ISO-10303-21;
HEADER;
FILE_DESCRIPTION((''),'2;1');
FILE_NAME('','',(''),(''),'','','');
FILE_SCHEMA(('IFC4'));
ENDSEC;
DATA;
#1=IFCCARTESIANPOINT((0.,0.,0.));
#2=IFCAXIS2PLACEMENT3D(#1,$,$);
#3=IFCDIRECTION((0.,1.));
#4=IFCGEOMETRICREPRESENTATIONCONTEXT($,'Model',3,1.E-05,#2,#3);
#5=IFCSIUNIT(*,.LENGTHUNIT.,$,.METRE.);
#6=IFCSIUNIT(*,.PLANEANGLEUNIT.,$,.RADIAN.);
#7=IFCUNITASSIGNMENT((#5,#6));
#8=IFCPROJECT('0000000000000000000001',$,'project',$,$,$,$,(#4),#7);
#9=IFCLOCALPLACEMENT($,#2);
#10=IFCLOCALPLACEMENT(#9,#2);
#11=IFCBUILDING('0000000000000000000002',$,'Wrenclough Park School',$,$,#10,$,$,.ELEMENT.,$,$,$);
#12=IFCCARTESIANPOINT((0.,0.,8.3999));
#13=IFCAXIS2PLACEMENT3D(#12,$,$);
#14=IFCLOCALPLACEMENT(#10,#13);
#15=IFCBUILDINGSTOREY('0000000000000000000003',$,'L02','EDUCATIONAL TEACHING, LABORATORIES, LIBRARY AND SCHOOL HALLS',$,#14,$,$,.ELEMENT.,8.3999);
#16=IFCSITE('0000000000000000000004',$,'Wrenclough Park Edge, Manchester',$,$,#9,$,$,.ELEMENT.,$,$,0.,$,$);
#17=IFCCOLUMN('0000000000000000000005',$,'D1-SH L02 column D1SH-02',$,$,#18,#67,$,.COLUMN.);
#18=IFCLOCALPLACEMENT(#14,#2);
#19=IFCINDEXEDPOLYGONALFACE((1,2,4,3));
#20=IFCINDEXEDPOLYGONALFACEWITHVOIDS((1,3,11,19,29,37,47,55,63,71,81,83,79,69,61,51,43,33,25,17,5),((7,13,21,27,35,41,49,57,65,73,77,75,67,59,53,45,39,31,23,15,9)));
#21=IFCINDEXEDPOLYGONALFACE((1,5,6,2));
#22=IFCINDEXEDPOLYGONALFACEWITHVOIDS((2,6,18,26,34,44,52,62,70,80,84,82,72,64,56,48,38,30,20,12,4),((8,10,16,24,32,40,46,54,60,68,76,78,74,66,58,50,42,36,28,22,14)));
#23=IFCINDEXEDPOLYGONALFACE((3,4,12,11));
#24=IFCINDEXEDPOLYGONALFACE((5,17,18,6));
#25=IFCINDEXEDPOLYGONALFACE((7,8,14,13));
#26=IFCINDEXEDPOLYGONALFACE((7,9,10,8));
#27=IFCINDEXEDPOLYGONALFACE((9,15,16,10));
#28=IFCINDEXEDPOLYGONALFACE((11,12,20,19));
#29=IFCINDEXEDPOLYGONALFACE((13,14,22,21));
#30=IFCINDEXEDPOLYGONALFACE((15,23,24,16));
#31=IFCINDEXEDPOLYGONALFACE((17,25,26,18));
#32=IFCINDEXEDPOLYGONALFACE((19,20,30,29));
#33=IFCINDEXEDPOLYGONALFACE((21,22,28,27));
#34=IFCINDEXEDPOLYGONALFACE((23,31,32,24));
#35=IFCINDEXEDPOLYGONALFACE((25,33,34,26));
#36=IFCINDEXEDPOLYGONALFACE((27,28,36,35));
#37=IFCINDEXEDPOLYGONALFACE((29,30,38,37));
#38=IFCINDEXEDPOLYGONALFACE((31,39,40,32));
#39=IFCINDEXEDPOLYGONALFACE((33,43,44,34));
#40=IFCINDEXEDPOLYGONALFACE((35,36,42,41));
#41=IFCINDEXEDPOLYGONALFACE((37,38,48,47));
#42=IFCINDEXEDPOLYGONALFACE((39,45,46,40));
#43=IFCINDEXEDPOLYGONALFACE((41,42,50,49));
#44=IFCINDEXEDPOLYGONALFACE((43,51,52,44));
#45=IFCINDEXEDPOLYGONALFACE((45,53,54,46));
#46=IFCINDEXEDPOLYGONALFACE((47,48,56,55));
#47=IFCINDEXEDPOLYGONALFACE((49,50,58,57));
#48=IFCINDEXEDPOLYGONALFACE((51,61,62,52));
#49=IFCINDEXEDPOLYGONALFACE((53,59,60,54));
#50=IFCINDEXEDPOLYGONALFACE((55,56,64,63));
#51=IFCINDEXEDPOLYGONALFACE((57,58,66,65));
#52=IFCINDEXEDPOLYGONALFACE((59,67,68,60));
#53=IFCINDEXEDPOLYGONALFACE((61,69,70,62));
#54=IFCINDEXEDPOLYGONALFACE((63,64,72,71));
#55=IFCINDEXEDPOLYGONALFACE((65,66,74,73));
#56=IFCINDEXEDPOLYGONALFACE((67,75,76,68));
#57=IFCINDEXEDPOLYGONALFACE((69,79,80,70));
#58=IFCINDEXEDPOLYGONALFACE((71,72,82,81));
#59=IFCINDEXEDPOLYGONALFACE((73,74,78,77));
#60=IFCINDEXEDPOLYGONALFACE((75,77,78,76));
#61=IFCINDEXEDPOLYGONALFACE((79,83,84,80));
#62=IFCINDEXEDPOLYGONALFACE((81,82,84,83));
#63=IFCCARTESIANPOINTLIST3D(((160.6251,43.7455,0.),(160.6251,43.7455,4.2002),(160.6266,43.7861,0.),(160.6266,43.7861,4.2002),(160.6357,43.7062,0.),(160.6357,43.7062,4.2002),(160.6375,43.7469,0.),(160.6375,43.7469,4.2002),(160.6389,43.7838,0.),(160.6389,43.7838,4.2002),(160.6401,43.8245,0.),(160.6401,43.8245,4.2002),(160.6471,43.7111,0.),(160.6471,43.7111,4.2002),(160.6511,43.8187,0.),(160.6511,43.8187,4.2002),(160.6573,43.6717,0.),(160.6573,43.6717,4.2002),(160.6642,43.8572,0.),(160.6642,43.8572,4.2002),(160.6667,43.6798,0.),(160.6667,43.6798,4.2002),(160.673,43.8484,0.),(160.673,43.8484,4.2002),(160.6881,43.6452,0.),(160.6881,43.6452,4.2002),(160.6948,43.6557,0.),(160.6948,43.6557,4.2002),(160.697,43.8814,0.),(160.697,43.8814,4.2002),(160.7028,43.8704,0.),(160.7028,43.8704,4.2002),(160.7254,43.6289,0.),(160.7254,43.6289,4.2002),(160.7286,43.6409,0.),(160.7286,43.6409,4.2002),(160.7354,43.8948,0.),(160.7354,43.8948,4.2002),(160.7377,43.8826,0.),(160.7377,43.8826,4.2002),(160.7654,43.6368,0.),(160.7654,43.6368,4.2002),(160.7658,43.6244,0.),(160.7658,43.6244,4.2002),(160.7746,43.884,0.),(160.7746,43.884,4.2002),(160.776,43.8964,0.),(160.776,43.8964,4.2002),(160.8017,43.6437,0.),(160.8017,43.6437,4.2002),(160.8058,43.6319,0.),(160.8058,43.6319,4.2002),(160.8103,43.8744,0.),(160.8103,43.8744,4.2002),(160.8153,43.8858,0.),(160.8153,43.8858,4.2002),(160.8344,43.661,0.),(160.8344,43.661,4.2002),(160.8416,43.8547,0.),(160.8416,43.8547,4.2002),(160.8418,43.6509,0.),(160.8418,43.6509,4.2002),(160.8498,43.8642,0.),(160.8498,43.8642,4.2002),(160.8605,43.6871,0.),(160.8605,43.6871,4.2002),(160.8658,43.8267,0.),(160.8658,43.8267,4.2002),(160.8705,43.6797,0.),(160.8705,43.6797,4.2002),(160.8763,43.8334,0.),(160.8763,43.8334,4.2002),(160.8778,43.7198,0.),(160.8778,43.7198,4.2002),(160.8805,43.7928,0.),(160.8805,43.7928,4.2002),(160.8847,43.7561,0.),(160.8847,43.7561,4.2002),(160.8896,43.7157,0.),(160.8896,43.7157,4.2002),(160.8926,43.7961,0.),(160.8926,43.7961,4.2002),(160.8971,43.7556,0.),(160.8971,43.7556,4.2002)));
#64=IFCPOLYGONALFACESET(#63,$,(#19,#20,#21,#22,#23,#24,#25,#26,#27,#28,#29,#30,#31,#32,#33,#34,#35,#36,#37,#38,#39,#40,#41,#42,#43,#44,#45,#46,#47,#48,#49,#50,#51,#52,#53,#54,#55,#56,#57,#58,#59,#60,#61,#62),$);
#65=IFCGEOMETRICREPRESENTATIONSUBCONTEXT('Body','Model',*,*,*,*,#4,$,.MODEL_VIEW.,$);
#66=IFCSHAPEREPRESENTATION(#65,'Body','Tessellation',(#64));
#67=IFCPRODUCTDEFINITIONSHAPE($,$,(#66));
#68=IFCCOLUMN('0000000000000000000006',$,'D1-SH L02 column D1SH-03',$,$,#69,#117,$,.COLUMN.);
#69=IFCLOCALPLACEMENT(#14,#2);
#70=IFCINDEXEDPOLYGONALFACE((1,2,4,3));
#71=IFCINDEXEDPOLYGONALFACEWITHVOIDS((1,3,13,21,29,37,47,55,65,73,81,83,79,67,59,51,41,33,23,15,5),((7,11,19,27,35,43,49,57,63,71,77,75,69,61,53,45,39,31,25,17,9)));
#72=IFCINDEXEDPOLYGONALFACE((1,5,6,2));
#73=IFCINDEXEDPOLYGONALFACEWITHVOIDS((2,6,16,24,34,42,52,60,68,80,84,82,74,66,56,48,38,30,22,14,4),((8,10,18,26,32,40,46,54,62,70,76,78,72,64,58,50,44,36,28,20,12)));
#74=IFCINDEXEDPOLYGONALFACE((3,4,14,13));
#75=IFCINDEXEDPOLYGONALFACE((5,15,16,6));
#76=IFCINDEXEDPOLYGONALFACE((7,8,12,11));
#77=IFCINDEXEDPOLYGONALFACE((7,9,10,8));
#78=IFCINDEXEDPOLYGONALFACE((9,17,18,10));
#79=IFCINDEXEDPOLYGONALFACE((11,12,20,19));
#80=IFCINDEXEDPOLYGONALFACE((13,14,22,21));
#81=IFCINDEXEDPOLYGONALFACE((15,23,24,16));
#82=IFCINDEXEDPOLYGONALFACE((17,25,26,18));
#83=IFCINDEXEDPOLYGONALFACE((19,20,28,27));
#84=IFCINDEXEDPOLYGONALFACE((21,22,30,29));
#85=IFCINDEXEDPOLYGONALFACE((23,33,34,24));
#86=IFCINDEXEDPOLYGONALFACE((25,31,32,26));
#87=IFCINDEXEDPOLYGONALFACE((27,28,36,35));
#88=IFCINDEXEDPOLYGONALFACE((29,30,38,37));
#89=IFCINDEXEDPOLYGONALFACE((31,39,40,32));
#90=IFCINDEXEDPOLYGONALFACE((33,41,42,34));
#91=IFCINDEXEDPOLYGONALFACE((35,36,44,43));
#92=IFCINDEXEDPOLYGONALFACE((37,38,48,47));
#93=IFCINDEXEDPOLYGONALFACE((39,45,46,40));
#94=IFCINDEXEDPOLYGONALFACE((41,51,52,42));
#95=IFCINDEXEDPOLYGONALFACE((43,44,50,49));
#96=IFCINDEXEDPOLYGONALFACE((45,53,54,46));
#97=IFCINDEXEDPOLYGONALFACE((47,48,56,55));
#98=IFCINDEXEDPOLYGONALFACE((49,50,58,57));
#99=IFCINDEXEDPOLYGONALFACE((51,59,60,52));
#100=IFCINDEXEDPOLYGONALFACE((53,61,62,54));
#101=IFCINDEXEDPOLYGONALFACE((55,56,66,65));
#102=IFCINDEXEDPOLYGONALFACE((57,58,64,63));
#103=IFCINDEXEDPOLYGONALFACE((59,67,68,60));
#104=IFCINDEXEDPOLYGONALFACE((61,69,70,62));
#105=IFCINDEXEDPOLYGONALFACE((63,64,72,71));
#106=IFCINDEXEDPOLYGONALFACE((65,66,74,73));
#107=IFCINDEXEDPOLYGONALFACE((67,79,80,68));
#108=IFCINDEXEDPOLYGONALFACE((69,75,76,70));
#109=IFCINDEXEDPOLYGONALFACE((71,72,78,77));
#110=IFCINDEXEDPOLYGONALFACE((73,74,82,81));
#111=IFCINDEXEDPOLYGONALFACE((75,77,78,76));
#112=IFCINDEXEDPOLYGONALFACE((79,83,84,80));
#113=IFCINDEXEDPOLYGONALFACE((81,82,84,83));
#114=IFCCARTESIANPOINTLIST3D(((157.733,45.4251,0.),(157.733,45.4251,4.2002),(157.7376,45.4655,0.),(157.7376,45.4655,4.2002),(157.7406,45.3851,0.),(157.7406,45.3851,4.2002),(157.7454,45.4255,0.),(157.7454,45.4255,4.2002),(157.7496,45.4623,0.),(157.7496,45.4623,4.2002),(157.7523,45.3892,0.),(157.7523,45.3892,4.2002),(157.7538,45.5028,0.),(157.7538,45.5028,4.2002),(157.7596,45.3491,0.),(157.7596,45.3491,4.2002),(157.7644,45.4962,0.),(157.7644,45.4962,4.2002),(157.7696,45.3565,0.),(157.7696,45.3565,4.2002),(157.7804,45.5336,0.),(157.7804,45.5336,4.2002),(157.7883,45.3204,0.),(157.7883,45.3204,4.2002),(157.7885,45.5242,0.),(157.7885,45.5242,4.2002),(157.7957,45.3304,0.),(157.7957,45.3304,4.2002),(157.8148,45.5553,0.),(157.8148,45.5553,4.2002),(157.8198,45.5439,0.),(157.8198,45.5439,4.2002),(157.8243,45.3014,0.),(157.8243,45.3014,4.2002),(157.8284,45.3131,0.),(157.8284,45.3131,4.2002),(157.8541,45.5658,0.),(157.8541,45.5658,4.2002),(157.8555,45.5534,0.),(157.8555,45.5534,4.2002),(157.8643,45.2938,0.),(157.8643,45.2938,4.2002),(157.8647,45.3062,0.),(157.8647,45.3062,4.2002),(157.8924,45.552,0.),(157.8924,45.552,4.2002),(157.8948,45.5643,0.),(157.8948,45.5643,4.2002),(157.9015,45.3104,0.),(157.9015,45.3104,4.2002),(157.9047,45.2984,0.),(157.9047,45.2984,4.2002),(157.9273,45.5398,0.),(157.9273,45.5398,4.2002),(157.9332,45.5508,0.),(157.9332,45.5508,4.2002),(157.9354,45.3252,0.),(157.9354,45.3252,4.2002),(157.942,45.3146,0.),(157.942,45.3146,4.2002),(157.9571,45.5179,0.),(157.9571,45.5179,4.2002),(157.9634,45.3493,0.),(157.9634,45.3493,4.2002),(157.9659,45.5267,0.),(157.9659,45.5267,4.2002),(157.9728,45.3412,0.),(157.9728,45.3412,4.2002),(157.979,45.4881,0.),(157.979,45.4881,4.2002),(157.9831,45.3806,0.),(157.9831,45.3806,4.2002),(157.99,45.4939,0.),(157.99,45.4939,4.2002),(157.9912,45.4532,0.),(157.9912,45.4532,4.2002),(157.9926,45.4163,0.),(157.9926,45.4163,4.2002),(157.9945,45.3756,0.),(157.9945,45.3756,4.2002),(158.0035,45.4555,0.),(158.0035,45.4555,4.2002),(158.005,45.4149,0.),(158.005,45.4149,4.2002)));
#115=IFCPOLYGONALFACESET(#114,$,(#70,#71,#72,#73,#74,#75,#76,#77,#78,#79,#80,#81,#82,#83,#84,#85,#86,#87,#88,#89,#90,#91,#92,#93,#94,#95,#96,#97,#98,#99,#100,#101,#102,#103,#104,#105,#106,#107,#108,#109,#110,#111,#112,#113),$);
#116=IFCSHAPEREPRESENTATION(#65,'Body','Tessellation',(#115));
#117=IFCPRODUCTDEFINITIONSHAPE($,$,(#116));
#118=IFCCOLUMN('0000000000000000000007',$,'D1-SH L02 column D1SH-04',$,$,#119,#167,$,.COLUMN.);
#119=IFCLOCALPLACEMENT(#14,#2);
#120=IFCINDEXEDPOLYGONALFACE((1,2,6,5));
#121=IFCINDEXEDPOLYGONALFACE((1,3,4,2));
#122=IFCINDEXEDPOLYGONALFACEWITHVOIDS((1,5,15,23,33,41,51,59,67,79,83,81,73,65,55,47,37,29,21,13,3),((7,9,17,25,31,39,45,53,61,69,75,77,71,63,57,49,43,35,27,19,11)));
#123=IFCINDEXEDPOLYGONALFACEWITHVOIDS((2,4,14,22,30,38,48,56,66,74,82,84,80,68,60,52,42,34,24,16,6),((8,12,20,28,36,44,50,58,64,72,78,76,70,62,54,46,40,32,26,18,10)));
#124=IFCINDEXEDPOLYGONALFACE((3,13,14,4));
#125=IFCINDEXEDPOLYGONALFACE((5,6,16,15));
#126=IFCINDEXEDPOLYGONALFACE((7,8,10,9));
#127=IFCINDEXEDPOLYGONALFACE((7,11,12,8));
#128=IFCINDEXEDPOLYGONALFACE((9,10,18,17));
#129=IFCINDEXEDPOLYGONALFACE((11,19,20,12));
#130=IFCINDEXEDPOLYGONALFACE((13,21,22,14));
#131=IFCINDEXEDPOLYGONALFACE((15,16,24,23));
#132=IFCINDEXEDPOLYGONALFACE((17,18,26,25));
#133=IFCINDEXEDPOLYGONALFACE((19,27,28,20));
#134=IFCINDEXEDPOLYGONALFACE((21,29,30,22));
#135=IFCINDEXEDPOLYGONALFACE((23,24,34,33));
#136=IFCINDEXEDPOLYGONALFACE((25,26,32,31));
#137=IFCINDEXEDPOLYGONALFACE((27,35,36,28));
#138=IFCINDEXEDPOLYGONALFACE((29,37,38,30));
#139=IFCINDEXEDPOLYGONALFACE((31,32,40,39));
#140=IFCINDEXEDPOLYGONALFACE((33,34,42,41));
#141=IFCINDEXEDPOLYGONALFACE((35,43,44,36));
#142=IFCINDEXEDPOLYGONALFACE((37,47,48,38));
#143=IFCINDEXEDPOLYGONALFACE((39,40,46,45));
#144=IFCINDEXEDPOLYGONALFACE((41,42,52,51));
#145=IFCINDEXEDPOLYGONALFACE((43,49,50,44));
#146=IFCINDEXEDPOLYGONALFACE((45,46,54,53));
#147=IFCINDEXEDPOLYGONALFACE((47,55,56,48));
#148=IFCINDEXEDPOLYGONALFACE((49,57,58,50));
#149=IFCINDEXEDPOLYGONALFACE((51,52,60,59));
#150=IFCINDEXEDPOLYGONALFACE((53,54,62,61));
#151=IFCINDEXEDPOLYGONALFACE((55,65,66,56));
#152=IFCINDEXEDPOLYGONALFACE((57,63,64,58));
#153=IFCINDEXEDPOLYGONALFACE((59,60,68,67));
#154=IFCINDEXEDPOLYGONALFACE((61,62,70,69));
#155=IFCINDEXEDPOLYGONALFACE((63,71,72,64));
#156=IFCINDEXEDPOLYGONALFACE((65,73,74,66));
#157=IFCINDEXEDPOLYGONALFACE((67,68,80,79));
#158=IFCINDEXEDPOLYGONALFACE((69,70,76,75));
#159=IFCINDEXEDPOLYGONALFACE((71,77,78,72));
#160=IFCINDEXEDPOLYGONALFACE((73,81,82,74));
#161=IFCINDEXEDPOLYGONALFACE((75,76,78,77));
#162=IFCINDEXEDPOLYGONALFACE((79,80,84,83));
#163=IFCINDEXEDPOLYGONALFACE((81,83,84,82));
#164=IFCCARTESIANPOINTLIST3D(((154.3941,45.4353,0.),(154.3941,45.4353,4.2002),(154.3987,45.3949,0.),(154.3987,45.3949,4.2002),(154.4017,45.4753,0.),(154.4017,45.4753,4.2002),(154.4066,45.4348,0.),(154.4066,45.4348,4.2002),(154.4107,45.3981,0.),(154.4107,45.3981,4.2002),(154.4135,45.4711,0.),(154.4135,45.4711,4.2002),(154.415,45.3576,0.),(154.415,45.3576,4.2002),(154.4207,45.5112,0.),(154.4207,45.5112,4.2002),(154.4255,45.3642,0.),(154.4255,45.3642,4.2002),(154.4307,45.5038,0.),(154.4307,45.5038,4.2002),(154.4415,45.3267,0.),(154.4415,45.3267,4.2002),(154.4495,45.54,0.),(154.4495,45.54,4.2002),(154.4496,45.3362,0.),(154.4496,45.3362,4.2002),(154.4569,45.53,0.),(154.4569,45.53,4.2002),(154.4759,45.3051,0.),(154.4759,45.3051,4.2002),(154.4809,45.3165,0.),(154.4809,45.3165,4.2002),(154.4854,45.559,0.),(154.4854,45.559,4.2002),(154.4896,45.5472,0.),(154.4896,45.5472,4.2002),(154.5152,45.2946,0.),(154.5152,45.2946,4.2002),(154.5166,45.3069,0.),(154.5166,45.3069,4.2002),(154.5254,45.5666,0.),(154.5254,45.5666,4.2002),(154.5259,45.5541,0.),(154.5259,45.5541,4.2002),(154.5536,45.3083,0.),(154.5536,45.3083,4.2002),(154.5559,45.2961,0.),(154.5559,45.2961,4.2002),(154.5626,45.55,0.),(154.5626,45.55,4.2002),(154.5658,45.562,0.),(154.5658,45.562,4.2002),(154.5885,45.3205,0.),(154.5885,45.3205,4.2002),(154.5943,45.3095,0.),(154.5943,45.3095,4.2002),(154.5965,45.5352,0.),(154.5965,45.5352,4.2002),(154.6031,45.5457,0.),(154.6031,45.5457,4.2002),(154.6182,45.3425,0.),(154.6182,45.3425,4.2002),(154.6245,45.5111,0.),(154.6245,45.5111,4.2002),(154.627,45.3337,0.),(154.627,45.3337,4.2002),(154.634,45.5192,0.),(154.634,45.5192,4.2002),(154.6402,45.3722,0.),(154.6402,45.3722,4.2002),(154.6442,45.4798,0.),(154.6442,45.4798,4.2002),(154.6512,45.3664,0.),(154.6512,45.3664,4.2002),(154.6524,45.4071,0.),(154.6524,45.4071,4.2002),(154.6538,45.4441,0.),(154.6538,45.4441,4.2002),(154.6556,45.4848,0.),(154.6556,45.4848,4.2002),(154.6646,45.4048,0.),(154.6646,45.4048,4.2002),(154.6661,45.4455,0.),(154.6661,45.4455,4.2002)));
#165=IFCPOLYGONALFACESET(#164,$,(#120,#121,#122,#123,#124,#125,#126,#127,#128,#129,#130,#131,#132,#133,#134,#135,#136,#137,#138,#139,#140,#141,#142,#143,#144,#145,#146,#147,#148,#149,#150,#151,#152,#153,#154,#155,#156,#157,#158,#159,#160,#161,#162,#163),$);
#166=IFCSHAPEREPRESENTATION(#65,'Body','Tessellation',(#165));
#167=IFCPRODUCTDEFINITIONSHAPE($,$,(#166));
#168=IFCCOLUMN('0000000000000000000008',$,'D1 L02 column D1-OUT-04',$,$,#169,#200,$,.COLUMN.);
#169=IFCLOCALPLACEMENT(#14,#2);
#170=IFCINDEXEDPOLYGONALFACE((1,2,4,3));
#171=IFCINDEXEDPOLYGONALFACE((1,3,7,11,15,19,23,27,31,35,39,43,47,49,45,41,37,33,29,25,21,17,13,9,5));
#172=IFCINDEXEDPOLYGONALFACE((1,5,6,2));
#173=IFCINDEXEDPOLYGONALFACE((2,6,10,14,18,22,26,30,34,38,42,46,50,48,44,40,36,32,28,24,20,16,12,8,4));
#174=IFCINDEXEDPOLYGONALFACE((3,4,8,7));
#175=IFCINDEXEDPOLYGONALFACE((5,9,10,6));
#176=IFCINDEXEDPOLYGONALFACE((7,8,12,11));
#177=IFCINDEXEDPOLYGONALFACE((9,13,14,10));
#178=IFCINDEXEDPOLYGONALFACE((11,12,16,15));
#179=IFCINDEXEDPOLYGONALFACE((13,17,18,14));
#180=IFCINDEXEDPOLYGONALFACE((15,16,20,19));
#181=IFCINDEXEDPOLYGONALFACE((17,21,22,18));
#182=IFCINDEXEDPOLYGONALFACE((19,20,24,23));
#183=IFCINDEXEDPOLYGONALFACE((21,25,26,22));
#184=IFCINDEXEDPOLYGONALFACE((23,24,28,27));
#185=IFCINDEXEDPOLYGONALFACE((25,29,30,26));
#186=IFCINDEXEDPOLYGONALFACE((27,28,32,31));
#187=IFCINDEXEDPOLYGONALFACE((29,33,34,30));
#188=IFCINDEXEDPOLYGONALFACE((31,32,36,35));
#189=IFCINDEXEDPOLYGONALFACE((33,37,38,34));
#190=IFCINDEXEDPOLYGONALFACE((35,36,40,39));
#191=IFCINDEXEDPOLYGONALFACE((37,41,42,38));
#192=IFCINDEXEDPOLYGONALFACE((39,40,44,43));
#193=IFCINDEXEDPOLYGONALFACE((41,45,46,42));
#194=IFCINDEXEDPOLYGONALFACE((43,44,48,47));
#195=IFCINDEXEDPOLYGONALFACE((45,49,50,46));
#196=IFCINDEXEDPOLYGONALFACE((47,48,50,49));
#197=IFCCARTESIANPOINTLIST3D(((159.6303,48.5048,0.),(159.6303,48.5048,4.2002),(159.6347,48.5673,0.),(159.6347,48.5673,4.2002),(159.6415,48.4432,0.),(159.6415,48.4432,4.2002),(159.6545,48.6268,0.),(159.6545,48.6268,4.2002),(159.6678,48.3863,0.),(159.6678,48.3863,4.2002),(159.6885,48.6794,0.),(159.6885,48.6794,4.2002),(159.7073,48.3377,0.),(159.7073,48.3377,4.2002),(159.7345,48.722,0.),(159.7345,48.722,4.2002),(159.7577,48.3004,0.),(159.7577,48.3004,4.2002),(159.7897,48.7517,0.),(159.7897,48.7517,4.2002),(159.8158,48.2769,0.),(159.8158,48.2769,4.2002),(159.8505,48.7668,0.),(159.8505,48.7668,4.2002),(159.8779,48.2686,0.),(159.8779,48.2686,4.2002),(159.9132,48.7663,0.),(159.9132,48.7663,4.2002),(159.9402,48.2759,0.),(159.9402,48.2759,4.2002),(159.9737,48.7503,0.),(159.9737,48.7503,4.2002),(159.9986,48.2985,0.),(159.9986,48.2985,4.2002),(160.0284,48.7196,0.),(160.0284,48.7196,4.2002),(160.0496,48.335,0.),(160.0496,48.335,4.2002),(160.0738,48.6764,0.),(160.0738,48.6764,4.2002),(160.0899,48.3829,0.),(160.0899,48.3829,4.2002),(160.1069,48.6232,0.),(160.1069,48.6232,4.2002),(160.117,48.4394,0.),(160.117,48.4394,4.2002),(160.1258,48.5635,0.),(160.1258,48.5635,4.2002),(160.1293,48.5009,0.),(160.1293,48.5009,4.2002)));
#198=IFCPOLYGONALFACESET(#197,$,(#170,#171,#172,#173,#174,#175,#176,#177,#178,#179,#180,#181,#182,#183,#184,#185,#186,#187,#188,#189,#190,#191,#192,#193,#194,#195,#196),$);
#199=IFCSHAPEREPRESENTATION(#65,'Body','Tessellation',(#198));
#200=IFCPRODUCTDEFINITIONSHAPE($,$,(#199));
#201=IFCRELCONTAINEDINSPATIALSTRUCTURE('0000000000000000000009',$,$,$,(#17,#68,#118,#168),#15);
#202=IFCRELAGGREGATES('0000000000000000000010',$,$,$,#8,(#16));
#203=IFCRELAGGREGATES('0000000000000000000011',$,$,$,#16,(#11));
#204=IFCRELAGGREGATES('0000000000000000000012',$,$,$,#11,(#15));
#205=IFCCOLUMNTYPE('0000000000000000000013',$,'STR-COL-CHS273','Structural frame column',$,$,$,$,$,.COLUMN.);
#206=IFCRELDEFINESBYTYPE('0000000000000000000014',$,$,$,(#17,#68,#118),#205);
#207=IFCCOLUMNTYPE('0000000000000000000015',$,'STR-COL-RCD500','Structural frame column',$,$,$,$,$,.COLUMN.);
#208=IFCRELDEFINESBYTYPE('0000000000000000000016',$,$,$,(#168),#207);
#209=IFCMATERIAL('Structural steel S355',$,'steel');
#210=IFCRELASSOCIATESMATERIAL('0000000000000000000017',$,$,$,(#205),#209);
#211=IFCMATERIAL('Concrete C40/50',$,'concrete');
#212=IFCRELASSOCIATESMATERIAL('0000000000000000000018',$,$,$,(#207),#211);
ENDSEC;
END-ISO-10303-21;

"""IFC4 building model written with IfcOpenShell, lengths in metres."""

from ifc_helpers import new_model, si_unit, direction, frame, origin, origin_2d, place, context, subcontext, project, spatial, circle, hollow_circle, extrude, material, material_profile, profile_set, type_object, element, save


model = new_model("IFC4")

# Units and contexts
model_context = context("Model", 3, precision=1e-05, world=origin(), true_north=direction((0.0, 1.0)))
body_context = subcontext(model_context, "Body", "Model", "MODEL_VIEW")
ifc_project = project(units=[si_unit("LENGTHUNIT", "METRE"), si_unit("PLANEANGLEUNIT", "RADIAN")], contexts=[model_context])

# Site, building, storey
site_placement = place(None, origin())
site = spatial("IfcSite", under=ifc_project, at=site_placement, Name="Wrenclough Park Edge, Manchester", CompositionType="ELEMENT", RefElevation=0.0)
building_placement = place(site_placement, origin())
building = spatial("IfcBuilding", under=site, at=building_placement, Name="Wrenclough Park School", CompositionType="ELEMENT")
storey_placement = place(building_placement, frame((0.0, 0.0, 8.3999)))
storey = spatial("IfcBuildingStorey", under=building, at=storey_placement, Name="L02", Description="EDUCATIONAL TEACHING, LABORATORIES, LIBRARY AND SCHOOL HALLS", CompositionType="ELEMENT", Elevation=8.3999)

# Columns
ifc_material_1 = material(Name="Structural steel S355", Category="steel")
ifc_material_profile_1 = material_profile(ifc_material_1, hollow_circle(Radius=0.1365, WallThickness=0.0125, at=origin_2d()), Name="CHS 273.0x12.5")
ifc_profile_set_1 = profile_set([ifc_material_profile_1], Name="Structural steel S355")
column_type_1 = type_object("IfcColumnType", Name="STR-COL-CHS273", Description="Structural frame column", PredefinedType="COLUMN", material=ifc_profile_set_1)
for number, where, z_axis, x_axis, name in (
    (1, (160.7607, 43.7607, 0.0), (0.0, 0.0, 1.0), (-0.707107, 0.707107, 0.0), "D1-SH L02 column D1SH-02"),
    (2, (157.8694, 45.4302, 0.0), (0.0, 0.0, 1.0), (-0.965926, 0.258819, 0.0), "D1-SH L02 column D1SH-03"),
    (3, (154.5305, 45.4302, 0.0), (0.0, 0.0, 1.0), (-0.965926, -0.258819, 0.0), "D1-SH L02 column D1SH-04"),
):
    element("IfcColumn", number, at=place(storey_placement, frame(where, z_axis=z_axis, x_axis=x_axis)), inside=storey, type_object=column_type_1, Name=name, PredefinedType="COLUMN", context=body_context, shape_type="SweptSolid", body=[
        extrude(hollow_circle(Radius=0.1365, WallThickness=0.0125, at=origin_2d()), origin(), (0.0, 0.0, 1.0), 4.2002),
    ])
ifc_material_2 = material(Name="Concrete C40/50", Category="concrete")
ifc_material_profile_2 = material_profile(ifc_material_2, circle(Radius=0.25, at=origin_2d()), Name="RC COL D500")
ifc_profile_set_2 = profile_set([ifc_material_profile_2], Name="Concrete C40/50")
column_type_2 = type_object("IfcColumnType", Name="STR-COL-RCD500", Description="Structural frame column", PredefinedType="COLUMN", material=ifc_profile_set_2)
column_1_placement = place(storey_placement, frame((159.8799, 48.5186, 0.0), z_axis=(0.0, 0.0, 1.0), x_axis=(-0.980785, 0.19509, 0.0)))
element("IfcColumn", 4, at=column_1_placement, inside=storey, type_object=column_type_2, Name="D1 L02 column D1-OUT-04", PredefinedType="COLUMN", context=body_context, shape_type="SweptSolid", body=[
    extrude(circle(Radius=0.25, at=origin_2d()), origin(), (0.0, 0.0, 1.0), 4.2002),
])

save(model, "model.ifc")
